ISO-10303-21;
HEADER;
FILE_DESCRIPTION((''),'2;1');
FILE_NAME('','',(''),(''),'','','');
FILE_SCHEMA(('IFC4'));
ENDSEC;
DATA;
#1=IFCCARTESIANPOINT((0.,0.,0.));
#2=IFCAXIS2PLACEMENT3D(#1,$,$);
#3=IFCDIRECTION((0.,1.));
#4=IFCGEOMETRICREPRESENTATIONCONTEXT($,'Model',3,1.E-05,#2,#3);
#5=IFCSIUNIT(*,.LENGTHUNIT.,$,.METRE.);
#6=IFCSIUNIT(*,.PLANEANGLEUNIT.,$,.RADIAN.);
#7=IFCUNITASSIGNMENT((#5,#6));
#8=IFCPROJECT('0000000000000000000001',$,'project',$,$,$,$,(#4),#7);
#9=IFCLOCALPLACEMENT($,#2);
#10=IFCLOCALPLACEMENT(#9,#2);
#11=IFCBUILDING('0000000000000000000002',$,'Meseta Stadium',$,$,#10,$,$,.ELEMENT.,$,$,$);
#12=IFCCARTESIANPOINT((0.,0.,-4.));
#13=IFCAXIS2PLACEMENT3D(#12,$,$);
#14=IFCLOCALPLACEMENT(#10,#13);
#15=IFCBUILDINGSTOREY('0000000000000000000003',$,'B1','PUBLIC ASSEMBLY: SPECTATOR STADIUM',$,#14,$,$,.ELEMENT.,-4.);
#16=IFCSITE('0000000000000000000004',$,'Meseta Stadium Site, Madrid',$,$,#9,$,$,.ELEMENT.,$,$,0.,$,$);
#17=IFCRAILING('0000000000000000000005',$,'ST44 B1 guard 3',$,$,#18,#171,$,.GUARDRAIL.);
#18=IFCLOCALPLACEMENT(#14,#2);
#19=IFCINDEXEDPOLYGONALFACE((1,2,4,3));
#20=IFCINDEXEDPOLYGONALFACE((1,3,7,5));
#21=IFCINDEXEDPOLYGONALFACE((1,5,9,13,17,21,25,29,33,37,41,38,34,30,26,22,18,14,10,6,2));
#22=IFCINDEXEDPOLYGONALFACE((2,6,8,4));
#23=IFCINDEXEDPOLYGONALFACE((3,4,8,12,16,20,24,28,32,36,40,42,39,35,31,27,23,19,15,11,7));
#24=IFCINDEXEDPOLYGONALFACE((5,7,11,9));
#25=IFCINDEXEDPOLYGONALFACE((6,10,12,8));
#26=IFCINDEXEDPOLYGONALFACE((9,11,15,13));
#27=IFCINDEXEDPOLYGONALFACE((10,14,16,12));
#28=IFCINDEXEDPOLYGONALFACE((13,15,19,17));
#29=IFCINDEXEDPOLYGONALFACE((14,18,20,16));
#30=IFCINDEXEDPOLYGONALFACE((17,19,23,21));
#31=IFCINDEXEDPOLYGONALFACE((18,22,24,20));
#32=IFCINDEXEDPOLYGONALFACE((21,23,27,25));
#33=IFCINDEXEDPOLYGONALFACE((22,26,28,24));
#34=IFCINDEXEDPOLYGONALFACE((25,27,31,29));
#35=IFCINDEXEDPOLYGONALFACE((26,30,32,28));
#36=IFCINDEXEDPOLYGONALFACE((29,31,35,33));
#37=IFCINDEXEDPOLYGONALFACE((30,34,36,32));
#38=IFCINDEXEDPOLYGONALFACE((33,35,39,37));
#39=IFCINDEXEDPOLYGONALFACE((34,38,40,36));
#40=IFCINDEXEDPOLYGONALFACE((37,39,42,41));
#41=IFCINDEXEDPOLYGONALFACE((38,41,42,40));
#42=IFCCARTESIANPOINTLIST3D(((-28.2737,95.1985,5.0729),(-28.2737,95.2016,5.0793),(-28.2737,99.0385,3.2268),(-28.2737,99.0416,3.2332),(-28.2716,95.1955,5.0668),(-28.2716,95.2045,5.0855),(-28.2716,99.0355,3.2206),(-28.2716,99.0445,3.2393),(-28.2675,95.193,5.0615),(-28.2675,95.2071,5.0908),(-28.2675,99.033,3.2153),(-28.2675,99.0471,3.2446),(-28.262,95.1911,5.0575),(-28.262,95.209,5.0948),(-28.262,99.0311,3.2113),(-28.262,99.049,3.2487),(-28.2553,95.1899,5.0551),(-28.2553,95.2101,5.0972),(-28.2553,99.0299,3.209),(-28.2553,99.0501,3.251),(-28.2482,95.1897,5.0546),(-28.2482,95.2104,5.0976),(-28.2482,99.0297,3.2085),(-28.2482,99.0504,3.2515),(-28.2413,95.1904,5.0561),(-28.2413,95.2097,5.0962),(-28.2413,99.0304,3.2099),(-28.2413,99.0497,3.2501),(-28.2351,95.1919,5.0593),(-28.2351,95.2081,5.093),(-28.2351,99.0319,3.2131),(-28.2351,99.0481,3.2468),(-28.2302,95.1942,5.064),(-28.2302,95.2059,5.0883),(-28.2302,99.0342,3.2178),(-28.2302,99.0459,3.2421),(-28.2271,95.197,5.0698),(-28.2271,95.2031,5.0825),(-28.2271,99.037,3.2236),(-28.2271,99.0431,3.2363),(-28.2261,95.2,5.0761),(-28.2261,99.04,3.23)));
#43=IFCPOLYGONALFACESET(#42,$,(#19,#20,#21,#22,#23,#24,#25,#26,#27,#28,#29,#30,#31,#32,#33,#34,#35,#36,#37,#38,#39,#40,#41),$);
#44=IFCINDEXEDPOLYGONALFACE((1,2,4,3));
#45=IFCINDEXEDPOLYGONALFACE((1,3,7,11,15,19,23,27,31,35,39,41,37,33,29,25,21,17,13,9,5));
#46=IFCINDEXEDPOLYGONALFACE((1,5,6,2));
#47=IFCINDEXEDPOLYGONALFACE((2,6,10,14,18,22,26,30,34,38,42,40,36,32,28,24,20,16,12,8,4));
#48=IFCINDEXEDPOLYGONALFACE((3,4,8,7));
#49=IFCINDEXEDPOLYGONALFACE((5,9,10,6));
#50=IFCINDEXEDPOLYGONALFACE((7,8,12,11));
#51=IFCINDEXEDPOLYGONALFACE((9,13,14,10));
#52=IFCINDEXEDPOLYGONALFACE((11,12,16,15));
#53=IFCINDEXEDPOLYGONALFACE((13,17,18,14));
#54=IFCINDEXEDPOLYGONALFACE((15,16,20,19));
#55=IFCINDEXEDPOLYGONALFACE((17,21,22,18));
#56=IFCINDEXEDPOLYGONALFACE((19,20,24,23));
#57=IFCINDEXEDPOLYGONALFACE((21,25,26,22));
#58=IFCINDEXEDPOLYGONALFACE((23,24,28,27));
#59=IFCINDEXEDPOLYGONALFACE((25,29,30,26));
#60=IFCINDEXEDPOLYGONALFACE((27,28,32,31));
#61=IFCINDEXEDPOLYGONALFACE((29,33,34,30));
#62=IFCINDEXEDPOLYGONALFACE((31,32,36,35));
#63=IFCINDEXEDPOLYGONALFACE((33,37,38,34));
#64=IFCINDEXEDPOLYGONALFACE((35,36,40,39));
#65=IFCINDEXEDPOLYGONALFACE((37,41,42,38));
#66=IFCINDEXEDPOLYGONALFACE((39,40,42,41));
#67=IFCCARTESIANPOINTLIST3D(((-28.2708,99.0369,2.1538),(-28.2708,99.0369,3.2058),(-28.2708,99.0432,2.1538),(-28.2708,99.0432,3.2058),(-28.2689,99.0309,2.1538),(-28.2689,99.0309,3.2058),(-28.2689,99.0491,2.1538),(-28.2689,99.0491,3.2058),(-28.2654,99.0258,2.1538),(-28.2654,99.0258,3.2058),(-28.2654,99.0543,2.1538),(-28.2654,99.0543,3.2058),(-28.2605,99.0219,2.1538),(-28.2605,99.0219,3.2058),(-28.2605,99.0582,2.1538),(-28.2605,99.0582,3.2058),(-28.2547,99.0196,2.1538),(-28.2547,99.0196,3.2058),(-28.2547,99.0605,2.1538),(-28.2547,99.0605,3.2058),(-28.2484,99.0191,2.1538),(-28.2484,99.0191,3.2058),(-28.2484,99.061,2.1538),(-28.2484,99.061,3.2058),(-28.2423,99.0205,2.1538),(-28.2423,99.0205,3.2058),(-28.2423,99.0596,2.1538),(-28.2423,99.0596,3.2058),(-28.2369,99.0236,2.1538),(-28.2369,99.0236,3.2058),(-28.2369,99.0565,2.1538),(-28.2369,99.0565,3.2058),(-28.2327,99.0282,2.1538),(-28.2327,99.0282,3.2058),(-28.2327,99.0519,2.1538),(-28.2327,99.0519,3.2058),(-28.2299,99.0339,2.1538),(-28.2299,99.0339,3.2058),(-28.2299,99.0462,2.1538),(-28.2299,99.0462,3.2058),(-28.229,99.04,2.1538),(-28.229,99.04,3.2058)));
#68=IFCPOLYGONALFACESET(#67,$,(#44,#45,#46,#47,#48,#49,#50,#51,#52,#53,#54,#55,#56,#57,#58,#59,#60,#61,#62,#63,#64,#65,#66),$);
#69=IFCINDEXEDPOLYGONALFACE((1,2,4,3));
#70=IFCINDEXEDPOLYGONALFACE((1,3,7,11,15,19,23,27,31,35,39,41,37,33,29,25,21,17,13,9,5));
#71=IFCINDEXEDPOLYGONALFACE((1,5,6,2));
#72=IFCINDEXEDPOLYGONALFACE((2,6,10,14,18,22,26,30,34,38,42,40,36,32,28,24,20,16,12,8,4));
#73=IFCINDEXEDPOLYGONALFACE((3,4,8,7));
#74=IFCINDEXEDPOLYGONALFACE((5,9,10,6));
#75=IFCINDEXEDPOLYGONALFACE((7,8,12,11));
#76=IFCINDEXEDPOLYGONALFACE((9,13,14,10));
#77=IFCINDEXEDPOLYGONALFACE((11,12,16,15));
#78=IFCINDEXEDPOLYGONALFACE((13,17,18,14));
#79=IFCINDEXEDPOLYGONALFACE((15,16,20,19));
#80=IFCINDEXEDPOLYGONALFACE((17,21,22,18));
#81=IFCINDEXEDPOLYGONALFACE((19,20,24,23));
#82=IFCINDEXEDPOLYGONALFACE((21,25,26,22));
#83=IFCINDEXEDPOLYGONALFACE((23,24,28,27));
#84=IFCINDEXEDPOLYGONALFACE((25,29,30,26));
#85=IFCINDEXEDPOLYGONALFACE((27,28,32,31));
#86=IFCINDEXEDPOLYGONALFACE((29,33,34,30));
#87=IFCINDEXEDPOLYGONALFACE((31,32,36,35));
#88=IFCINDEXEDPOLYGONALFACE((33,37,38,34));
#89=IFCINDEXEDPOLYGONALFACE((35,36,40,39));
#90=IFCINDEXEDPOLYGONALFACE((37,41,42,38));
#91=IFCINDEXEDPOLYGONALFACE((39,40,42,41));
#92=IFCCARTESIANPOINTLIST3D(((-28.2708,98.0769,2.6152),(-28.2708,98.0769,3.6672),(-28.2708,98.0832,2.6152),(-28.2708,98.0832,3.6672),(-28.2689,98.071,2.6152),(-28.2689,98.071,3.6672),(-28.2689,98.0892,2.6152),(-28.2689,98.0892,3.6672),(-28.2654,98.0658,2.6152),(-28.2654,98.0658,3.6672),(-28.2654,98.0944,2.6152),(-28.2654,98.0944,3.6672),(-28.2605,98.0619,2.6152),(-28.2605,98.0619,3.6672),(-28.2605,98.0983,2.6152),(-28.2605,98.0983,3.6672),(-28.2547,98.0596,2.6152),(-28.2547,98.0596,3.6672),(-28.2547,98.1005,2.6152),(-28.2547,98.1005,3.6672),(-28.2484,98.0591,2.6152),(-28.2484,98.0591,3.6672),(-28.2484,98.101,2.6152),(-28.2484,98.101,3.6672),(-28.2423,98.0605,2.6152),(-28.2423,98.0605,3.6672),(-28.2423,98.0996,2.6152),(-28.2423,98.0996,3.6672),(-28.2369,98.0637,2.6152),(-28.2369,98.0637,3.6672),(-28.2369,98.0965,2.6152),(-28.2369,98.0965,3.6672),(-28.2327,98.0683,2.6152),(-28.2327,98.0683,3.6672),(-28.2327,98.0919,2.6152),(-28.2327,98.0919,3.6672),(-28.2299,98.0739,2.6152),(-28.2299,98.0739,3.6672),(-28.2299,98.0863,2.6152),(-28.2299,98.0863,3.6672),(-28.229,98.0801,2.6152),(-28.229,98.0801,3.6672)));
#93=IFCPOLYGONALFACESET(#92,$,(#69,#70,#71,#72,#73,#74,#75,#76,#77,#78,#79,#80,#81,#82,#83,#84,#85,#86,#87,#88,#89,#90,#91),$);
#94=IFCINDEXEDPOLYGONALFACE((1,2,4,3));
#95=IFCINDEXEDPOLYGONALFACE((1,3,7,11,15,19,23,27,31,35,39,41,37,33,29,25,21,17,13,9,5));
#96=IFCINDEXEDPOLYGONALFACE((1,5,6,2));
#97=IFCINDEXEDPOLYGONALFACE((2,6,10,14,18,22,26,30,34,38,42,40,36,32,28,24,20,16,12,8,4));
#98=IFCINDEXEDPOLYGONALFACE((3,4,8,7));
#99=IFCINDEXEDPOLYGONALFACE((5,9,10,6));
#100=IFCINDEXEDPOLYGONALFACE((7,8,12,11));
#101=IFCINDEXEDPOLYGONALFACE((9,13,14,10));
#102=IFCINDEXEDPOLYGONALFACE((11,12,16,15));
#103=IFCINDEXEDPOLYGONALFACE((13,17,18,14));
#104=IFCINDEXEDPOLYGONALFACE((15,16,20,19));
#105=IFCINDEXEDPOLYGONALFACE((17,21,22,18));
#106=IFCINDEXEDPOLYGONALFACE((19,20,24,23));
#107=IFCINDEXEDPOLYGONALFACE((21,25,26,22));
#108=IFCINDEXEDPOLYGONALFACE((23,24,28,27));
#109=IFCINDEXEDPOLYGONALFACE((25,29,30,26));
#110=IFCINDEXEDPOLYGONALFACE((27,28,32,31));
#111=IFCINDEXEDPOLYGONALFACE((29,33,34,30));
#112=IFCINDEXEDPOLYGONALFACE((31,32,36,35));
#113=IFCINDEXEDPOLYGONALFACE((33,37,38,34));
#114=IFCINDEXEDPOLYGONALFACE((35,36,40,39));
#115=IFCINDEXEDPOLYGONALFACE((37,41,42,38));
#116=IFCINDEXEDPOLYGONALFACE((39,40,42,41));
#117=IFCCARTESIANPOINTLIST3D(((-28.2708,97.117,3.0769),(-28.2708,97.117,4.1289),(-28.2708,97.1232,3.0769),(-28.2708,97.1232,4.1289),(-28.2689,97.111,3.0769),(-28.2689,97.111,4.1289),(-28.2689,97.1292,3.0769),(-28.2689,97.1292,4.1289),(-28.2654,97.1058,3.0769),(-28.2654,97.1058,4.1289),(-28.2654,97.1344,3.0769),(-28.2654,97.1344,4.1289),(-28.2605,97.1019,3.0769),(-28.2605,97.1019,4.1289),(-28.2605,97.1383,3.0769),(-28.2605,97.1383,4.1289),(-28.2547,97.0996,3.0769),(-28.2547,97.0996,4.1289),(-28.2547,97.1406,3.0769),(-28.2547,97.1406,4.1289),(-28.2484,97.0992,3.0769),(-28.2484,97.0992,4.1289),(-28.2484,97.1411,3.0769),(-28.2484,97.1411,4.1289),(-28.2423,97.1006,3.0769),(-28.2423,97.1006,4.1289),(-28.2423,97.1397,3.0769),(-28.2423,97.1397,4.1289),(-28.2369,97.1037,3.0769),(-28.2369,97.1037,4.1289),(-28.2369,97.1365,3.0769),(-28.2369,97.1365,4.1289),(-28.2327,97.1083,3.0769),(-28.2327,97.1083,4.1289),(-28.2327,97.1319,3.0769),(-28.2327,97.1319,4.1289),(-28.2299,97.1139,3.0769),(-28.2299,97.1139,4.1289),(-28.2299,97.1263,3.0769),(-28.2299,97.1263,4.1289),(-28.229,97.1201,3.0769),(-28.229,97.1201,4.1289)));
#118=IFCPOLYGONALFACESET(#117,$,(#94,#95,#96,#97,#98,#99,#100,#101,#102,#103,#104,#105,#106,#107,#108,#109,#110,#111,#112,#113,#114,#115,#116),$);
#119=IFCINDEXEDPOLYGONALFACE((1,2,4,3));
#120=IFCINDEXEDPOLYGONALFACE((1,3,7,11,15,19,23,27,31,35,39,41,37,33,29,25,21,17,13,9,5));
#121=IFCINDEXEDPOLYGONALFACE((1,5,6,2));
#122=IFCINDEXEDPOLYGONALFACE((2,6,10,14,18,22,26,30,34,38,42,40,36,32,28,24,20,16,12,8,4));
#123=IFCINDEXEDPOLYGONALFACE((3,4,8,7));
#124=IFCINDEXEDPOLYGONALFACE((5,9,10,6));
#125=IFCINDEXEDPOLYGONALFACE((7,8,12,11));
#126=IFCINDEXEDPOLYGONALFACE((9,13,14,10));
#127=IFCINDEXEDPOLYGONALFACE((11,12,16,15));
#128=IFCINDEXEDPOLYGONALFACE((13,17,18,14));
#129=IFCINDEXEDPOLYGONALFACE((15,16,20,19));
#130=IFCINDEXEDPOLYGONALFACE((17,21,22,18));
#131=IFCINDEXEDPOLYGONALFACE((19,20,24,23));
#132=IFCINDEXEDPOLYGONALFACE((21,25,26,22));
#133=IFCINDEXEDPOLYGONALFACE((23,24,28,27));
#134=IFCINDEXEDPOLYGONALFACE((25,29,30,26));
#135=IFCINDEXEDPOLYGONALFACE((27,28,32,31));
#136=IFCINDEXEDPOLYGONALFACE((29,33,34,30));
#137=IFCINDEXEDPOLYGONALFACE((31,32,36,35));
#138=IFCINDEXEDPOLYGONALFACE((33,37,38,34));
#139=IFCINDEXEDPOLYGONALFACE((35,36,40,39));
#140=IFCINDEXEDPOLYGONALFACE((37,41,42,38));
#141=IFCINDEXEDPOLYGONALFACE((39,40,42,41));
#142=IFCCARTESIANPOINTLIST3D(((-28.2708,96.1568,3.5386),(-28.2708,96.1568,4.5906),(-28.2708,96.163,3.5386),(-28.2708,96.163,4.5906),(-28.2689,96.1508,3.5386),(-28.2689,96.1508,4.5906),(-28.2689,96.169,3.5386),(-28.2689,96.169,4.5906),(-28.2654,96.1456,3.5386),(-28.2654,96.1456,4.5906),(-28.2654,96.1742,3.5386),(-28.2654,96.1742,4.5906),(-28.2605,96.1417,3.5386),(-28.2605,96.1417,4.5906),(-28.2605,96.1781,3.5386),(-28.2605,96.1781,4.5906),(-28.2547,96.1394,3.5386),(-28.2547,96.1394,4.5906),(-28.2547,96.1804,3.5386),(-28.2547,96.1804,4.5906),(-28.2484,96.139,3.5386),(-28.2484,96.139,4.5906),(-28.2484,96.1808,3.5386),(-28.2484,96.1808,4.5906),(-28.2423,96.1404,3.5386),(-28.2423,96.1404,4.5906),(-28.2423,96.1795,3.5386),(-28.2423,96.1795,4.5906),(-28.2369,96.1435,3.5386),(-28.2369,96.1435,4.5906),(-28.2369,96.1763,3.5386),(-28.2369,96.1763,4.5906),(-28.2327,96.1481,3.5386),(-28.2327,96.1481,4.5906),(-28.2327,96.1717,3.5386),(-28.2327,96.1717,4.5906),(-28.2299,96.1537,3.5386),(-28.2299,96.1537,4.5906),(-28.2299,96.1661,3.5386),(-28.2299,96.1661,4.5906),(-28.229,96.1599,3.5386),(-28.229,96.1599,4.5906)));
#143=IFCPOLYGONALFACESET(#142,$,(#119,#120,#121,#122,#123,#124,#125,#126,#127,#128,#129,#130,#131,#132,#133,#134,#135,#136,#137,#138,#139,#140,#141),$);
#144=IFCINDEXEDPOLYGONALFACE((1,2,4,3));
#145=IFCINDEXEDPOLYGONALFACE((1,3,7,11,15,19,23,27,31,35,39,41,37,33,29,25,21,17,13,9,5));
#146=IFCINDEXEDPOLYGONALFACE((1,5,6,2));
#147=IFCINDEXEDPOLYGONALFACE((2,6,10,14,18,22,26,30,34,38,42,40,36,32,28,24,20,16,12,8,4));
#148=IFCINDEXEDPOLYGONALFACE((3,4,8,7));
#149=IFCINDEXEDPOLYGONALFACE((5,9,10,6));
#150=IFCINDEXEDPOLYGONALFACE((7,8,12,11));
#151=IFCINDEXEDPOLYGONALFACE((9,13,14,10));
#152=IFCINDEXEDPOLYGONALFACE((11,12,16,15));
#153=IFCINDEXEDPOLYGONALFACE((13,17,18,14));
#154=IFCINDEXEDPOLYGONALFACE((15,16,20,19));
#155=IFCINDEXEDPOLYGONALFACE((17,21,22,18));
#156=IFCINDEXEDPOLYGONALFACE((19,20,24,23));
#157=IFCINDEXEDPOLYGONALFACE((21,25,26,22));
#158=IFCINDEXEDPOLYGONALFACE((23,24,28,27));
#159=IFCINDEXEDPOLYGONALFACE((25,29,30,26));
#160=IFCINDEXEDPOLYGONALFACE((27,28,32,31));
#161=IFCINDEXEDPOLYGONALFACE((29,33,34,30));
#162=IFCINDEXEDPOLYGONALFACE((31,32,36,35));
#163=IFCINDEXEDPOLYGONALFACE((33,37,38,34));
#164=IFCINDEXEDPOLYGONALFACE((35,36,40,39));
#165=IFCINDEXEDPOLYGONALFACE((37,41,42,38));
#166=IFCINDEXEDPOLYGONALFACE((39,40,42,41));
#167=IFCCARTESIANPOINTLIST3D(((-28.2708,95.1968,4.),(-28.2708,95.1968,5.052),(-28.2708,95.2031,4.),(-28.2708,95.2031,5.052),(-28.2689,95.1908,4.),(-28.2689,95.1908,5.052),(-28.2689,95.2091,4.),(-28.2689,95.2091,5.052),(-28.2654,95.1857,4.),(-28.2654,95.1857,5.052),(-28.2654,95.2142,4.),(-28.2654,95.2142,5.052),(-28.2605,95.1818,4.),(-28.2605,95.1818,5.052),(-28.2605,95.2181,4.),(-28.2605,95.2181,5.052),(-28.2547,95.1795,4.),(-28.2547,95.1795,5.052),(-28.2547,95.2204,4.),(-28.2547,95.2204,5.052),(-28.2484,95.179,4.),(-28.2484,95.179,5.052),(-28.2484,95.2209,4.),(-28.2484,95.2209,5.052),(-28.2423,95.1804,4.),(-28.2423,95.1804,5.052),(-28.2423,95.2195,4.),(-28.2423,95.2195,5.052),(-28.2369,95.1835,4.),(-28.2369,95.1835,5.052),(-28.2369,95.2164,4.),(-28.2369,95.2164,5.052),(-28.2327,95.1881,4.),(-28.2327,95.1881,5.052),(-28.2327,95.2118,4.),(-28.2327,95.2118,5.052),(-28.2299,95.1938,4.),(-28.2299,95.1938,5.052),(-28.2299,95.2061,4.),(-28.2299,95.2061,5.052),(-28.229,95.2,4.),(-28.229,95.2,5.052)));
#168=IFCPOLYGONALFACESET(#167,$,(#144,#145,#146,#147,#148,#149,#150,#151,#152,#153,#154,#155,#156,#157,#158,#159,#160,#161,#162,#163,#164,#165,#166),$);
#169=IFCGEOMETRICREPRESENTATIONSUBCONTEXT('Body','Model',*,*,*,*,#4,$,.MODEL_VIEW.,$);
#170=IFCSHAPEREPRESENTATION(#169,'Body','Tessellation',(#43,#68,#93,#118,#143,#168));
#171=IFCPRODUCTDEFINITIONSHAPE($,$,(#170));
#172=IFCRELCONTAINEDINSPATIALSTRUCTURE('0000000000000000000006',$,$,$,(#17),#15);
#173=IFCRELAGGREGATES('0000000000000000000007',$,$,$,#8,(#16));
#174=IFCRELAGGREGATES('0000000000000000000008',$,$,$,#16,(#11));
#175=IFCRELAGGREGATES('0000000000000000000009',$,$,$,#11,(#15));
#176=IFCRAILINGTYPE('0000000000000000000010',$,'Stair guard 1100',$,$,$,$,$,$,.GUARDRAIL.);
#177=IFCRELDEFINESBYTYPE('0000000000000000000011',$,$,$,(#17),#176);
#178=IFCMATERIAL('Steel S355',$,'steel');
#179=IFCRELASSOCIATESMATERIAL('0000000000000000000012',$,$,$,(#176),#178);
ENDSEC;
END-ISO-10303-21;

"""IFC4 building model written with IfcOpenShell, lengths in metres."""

from ifc_helpers import new_model, si_unit, direction, frame, origin, origin_2d, place, context, subcontext, project, spatial, circle, extrude, material, type_object, element, save


model = new_model("IFC4")

# Units and contexts
model_context = context("Model", 3, precision=1e-05, world=origin(), true_north=direction((0.0, 1.0)))
body_context = subcontext(model_context, "Body", "Model", "MODEL_VIEW")
ifc_project = project(units=[si_unit("LENGTHUNIT", "METRE"), si_unit("PLANEANGLEUNIT", "RADIAN")], contexts=[model_context])

# Site, building, storey
site_placement = place(None, origin())
site = spatial("IfcSite", under=ifc_project, at=site_placement, Name="Meseta Stadium Site, Madrid", CompositionType="ELEMENT", RefElevation=0.0)
building_placement = place(site_placement, origin())
building = spatial("IfcBuilding", under=site, at=building_placement, Name="Meseta Stadium", CompositionType="ELEMENT")
storey_placement = place(building_placement, frame((0.0, 0.0, -4.0)))
storey = spatial("IfcBuildingStorey", under=building, at=storey_placement, Name="B1", Description="PUBLIC ASSEMBLY: SPECTATOR STADIUM", CompositionType="ELEMENT", Elevation=-4.0)

# Railing
ifc_material_1 = material(Name="Steel S355", Category="steel")
railing_type_1 = type_object("IfcRailingType", Name="Stair guard 1100", PredefinedType="GUARDRAIL", material=ifc_material_1)
railing_1_placement = place(storey_placement, frame((-28.25, 99.04, 2.1538)))
element("IfcRailing", 1, at=railing_1_placement, inside=storey, type_object=railing_type_1, Name="ST44 B1 guard 3", PredefinedType="GUARDRAIL", context=body_context, shape_type="SweptSolid", body=[
    extrude(circle(Radius=0.0239, at=origin_2d()), frame((0.0, 0.0, 1.0762), z_axis=(0.0, -0.901253, 0.433294), x_axis=(1.0, 0.0, 0.0)), (0.0, 0.0, 1.0), 4.2607),
    extrude(circle(Radius=0.021, at=origin_2d()), origin(), (0.0, 0.0, 1.0), 1.052),
    extrude(circle(Radius=0.021, at=origin_2d()), frame((0.0, -0.96, 0.4614)), (0.0, 0.0, 1.0), 1.052),
    extrude(circle(Radius=0.021, at=origin_2d()), frame((0.0, -1.9199, 0.9231)), (0.0, 0.0, 1.0), 1.052),
    extrude(circle(Radius=0.021, at=origin_2d()), frame((0.0, -2.8801, 1.3848)), (0.0, 0.0, 1.0), 1.052),
    extrude(circle(Radius=0.021, at=origin_2d()), frame((0.0, -3.8401, 1.8462)), (0.0, 0.0, 1.0), 1.052),
])

save(model, "model.ifc")
